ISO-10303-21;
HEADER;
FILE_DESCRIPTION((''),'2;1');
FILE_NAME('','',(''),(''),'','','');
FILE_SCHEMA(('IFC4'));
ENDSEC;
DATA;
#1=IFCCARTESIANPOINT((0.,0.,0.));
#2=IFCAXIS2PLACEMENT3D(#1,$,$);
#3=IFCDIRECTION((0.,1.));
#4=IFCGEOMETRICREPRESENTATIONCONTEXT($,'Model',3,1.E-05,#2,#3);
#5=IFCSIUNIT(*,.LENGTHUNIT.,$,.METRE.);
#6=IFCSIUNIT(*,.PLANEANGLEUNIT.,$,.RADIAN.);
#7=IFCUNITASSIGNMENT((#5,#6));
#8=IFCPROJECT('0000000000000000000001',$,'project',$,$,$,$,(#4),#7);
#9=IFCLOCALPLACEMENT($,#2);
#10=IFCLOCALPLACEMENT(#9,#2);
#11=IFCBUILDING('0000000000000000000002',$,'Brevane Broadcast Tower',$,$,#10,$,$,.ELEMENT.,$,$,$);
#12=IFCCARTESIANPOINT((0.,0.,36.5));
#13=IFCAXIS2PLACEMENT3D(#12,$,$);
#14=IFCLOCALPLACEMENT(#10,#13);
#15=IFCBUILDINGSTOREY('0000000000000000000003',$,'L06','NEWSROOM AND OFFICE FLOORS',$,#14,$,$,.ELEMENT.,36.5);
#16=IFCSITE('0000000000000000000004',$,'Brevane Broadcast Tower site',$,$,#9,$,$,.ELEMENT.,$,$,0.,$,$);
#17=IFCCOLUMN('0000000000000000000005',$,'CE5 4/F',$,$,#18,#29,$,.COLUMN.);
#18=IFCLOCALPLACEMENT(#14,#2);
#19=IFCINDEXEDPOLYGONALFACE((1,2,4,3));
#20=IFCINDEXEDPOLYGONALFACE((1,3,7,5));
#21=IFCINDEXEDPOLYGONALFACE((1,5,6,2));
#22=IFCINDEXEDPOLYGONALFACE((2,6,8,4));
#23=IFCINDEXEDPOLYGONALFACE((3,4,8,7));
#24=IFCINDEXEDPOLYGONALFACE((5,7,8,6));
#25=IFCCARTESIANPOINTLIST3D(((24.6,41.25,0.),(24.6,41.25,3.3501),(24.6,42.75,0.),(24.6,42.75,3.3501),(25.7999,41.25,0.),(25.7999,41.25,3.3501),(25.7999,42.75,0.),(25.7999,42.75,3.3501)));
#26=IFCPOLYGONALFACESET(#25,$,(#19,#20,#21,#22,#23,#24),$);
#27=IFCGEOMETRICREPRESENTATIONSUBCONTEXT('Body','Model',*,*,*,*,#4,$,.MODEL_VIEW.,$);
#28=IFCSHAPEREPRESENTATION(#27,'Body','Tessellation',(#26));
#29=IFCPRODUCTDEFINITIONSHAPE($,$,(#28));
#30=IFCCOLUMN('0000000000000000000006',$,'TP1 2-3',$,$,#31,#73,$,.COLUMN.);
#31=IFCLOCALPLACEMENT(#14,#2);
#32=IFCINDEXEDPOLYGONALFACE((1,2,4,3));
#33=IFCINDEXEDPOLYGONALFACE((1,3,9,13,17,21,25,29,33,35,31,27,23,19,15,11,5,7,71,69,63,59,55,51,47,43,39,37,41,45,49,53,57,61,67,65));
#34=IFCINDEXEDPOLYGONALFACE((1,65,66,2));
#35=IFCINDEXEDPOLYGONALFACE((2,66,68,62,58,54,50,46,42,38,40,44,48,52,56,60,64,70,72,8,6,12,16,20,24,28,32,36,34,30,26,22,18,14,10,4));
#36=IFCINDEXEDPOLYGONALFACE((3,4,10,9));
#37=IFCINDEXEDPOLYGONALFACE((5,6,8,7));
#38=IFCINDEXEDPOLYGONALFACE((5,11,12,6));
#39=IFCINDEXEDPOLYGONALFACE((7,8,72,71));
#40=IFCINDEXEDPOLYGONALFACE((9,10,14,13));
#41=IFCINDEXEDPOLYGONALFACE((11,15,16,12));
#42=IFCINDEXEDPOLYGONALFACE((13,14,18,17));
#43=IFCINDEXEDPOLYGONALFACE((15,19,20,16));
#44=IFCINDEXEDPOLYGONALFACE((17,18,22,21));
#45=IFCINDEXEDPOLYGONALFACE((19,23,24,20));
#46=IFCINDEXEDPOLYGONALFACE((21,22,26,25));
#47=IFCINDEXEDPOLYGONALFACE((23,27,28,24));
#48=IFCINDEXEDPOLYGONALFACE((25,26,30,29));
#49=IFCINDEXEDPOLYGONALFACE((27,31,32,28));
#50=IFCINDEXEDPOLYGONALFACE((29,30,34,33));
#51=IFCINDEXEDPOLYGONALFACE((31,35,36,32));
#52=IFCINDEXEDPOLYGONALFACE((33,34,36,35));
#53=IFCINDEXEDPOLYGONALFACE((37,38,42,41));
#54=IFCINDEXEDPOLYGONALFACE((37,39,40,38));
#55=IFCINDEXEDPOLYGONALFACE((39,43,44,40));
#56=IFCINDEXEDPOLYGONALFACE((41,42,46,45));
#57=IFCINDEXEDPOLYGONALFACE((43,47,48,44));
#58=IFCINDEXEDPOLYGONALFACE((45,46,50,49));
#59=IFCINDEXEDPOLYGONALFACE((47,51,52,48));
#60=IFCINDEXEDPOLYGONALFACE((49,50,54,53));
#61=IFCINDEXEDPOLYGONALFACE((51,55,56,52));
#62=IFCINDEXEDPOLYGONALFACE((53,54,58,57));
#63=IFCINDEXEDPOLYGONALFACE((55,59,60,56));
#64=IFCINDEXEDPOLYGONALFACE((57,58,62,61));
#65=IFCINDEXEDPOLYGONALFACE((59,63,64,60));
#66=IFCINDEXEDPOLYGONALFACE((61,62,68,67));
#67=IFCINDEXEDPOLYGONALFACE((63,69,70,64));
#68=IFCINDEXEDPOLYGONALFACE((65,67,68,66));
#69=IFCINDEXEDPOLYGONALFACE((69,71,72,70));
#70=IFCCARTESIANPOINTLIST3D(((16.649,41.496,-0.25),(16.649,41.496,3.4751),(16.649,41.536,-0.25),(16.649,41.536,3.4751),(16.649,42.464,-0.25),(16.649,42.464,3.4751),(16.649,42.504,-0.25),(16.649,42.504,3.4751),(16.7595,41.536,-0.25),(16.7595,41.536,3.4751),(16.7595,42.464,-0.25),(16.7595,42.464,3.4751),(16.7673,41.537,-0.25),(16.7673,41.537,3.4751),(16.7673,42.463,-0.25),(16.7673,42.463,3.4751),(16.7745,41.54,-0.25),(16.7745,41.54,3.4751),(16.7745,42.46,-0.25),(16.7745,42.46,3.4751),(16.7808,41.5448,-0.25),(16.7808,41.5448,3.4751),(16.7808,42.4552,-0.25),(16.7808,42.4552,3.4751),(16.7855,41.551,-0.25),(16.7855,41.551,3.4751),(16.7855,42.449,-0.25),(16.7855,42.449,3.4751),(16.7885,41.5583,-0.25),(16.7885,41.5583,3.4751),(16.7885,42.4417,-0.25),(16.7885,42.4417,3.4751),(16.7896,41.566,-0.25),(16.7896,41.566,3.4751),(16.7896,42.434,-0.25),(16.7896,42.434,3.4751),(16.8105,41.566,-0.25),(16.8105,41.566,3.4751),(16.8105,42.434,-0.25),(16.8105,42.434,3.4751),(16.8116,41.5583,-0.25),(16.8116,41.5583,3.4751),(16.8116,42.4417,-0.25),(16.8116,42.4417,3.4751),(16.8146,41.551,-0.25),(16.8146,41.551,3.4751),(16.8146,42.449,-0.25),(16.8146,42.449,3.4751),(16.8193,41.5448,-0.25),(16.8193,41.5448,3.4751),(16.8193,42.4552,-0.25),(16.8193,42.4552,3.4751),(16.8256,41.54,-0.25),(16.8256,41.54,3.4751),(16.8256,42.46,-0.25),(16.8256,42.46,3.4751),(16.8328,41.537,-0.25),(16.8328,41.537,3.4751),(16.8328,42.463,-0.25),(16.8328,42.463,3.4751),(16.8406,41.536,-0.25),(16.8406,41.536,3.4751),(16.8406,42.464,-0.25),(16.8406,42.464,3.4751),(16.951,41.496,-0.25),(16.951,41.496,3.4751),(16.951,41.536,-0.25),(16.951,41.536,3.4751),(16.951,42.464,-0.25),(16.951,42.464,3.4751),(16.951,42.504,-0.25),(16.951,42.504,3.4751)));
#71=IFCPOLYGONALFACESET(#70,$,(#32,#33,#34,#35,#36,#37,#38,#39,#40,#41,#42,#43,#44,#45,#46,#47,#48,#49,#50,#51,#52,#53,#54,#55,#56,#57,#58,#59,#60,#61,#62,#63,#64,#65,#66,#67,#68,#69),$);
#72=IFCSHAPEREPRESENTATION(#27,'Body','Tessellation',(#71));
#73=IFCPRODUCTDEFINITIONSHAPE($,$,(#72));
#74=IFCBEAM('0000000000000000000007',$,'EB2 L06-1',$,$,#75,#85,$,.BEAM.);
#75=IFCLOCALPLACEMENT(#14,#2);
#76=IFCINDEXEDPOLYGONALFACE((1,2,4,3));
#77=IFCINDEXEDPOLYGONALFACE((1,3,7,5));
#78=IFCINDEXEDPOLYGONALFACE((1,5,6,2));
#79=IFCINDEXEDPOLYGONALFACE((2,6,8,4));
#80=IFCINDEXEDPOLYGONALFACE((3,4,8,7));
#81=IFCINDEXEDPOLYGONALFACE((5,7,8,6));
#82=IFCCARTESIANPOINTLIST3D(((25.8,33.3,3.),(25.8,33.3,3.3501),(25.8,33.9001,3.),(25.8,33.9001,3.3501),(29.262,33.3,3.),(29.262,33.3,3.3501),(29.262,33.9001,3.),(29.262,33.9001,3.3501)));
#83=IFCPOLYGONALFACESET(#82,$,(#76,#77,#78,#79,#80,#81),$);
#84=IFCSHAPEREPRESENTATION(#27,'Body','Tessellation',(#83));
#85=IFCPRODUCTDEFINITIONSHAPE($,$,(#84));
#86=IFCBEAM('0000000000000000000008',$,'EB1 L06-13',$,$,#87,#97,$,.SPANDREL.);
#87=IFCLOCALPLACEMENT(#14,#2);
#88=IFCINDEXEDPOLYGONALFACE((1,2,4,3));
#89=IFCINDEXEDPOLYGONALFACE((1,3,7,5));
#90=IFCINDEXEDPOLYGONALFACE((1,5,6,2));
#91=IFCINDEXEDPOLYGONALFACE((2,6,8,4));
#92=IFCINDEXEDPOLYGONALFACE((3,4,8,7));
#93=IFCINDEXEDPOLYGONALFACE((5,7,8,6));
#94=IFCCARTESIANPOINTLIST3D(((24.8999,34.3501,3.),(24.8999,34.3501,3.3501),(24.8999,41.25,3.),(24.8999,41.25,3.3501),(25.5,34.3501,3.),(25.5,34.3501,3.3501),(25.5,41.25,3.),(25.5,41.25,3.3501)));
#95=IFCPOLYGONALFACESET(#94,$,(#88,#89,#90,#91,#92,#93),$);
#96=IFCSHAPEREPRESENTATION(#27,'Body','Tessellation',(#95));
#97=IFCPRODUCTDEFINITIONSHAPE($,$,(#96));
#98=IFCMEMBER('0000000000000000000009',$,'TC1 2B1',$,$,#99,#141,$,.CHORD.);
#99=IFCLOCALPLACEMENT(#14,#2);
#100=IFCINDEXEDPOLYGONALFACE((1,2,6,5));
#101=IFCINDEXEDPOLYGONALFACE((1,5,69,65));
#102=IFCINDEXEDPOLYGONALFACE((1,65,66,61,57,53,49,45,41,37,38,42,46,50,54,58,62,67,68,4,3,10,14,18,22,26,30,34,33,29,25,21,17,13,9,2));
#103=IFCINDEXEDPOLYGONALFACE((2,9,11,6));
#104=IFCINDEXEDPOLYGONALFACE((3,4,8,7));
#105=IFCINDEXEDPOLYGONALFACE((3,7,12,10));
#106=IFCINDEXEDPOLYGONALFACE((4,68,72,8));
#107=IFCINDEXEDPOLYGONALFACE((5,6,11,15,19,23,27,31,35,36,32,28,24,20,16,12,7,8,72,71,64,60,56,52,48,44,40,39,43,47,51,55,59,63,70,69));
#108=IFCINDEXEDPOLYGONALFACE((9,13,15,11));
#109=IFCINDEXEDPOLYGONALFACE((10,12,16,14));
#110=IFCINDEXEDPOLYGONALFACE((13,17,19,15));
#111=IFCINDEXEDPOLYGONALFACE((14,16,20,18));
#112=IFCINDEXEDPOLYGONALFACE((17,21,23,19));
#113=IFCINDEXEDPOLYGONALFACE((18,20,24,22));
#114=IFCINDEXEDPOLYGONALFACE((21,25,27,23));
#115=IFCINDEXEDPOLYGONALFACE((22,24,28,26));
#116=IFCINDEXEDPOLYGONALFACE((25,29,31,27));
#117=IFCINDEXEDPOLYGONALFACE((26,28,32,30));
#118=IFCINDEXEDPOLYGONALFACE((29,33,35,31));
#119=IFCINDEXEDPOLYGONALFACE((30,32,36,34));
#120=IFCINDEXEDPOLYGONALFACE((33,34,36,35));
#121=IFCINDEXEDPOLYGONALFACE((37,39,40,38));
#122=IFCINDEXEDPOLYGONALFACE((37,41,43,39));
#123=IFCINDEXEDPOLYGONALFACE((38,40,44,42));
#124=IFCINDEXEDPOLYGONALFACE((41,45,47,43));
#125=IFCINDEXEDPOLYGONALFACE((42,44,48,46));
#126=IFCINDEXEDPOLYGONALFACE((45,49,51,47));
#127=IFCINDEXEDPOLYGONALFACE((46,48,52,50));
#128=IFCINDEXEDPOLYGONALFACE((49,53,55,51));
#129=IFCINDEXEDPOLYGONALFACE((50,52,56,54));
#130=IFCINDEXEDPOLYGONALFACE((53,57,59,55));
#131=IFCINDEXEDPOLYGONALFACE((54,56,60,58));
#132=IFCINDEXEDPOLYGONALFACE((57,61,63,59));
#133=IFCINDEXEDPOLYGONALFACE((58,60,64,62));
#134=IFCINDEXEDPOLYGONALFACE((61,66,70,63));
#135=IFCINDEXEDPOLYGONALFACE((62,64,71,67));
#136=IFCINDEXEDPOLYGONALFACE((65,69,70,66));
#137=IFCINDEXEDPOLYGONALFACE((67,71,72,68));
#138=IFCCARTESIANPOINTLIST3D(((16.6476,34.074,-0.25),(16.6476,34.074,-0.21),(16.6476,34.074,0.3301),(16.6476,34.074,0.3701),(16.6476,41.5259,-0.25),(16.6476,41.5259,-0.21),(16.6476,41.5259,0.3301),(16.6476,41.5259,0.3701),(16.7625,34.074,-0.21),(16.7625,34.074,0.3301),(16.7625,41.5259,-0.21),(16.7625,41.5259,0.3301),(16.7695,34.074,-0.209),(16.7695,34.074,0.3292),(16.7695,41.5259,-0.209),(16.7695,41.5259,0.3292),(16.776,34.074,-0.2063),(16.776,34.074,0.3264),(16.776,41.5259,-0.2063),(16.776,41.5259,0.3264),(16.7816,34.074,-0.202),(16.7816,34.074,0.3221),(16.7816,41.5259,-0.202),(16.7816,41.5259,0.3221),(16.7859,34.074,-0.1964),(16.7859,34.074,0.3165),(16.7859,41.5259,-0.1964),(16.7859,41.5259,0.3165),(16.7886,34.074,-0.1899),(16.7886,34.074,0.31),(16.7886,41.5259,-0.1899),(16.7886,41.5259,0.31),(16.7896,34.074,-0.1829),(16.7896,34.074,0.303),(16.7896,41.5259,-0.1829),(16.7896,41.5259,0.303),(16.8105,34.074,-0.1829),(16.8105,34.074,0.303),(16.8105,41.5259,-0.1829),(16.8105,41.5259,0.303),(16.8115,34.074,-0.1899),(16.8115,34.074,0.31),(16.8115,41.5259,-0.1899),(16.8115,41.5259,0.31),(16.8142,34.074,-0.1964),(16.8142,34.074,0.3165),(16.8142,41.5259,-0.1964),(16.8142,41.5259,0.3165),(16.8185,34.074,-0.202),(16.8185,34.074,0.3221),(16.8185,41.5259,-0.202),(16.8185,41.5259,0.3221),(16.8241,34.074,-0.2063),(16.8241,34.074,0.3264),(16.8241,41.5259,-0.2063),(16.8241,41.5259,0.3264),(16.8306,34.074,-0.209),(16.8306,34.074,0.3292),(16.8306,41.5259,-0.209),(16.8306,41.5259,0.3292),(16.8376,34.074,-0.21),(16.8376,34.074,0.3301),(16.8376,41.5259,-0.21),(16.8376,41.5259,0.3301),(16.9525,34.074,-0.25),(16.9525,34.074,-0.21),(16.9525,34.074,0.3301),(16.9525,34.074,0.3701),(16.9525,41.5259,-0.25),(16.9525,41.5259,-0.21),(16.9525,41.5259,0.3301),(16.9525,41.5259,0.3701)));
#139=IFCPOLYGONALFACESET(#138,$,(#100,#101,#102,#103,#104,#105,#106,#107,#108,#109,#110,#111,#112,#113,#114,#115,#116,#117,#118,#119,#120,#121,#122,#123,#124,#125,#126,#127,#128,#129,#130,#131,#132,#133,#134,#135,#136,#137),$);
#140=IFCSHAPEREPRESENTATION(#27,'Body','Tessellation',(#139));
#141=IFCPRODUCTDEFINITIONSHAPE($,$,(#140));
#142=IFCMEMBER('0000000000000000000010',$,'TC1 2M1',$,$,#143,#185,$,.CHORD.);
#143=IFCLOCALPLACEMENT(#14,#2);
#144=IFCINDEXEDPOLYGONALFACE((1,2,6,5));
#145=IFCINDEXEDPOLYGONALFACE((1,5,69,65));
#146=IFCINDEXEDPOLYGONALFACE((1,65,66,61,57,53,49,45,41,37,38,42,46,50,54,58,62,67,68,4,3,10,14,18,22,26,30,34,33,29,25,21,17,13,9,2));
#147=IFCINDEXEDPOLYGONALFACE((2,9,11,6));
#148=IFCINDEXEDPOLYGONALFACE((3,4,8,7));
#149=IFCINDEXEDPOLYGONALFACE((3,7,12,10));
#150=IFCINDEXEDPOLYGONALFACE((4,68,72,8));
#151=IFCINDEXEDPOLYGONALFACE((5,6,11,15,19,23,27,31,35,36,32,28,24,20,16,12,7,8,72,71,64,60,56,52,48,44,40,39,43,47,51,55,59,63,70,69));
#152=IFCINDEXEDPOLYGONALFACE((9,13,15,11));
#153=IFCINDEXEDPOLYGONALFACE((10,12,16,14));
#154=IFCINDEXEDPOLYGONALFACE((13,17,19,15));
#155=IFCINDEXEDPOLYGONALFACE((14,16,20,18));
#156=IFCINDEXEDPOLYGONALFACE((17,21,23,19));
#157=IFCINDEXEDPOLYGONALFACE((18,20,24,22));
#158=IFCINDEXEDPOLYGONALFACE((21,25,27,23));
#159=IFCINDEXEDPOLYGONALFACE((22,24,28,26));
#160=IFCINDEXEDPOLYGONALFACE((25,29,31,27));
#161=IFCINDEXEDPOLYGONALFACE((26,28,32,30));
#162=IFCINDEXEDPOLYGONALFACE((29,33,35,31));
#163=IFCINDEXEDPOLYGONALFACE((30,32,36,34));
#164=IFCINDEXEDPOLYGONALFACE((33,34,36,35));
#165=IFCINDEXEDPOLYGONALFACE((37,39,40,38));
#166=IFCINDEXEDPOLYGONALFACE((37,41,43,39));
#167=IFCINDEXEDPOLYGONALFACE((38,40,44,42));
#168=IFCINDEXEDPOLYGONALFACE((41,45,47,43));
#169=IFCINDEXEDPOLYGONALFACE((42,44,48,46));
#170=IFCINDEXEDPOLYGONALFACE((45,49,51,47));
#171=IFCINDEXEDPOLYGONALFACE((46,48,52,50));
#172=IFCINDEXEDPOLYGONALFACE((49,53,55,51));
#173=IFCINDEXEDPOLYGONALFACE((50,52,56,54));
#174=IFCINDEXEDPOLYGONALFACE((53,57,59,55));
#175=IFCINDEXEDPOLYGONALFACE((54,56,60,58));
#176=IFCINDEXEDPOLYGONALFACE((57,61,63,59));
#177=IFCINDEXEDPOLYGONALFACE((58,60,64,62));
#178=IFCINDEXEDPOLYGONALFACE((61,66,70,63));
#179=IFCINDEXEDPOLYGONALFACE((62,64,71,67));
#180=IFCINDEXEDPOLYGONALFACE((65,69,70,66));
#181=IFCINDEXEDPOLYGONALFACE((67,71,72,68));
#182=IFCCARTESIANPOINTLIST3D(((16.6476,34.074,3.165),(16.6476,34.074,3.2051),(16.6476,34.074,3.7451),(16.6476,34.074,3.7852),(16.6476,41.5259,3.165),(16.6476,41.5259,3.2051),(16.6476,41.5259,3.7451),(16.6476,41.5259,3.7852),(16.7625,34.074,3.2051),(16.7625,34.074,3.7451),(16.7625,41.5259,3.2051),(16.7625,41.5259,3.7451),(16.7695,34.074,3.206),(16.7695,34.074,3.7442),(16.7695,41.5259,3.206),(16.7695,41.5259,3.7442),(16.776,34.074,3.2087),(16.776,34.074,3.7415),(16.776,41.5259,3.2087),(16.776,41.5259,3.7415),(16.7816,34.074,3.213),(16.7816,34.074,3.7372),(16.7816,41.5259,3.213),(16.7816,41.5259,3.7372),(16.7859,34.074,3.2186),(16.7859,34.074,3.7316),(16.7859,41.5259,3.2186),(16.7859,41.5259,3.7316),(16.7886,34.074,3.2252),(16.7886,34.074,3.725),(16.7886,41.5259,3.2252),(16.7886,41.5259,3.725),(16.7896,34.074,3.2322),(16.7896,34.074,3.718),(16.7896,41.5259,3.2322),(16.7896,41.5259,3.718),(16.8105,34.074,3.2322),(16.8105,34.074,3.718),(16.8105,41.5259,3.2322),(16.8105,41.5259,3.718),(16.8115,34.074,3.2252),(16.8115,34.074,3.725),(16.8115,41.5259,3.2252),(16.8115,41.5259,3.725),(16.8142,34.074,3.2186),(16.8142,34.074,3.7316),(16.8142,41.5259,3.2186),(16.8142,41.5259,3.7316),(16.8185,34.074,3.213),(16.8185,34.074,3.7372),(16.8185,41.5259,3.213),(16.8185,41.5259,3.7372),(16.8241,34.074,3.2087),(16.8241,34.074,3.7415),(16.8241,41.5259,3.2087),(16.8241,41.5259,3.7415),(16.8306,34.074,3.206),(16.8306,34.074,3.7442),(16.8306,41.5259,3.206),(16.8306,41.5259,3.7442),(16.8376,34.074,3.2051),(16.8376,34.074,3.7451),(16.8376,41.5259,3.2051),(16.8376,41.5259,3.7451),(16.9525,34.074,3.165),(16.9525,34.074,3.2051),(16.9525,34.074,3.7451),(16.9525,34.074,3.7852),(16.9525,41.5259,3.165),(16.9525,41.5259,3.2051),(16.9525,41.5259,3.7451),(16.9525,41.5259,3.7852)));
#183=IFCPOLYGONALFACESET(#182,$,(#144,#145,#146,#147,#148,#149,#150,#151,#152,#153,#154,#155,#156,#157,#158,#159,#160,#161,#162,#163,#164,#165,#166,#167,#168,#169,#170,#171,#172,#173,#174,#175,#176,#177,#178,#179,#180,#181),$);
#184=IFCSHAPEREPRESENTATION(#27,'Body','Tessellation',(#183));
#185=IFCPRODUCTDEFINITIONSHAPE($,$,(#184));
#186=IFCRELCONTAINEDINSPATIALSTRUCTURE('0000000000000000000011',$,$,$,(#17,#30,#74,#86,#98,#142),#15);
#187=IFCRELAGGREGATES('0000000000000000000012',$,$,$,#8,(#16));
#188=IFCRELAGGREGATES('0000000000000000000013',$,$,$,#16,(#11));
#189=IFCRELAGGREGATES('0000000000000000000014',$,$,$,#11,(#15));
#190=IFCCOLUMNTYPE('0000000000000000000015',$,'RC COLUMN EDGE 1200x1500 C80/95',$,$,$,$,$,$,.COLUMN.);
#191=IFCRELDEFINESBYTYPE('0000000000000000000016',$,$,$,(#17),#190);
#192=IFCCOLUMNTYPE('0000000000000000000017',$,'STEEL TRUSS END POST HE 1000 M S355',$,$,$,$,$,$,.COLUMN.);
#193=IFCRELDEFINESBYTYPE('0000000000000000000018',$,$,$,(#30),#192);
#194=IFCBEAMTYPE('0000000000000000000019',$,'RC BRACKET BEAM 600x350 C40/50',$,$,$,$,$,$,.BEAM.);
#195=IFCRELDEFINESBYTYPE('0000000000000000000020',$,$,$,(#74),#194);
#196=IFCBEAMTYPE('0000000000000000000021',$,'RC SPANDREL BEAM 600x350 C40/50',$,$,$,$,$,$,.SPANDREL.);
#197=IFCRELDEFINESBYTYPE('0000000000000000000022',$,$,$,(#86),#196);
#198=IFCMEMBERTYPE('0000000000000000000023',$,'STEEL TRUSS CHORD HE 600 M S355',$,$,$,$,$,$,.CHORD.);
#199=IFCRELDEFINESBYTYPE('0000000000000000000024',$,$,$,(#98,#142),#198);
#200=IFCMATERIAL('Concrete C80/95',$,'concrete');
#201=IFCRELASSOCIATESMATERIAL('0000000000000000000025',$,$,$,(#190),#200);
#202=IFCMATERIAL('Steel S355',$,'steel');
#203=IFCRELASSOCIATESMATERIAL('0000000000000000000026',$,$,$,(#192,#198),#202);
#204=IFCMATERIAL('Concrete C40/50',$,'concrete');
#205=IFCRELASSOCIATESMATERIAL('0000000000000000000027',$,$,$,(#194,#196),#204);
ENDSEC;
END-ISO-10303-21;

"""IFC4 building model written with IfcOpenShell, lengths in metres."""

from ifc_helpers import new_model, si_unit, direction, frame, origin, origin_2d, place, context, subcontext, project, spatial, rectangle, i_section, extrude, material, material_profile, profile_set, type_object, element, save


model = new_model("IFC4")

# Units and contexts
model_context = context("Model", 3, precision=1e-05, world=origin(), true_north=direction((0.0, 1.0)))
body_context = subcontext(model_context, "Body", "Model", "MODEL_VIEW")
ifc_project = project(units=[si_unit("LENGTHUNIT", "METRE"), si_unit("PLANEANGLEUNIT", "RADIAN")], contexts=[model_context])

# Site, building, storey
site_placement = place(None, origin())
site = spatial("IfcSite", under=ifc_project, at=site_placement, Name="Brevane Broadcast Tower site", CompositionType="ELEMENT", RefElevation=0.0)
building_placement = place(site_placement, origin())
building = spatial("IfcBuilding", under=site, at=building_placement, Name="Brevane Broadcast Tower", CompositionType="ELEMENT")
storey_placement = place(building_placement, frame((0.0, 0.0, 36.5)))
storey = spatial("IfcBuildingStorey", under=building, at=storey_placement, Name="L06", Description="NEWSROOM AND OFFICE FLOORS", CompositionType="ELEMENT", Elevation=36.5)

# Columns
ifc_material_1 = material(Name="Concrete C80/95", Category="concrete")
ifc_material_profile_1 = material_profile(ifc_material_1, rectangle(XDim=1.2, YDim=1.5, at=origin_2d()), Name="RC 1200x1500")
ifc_profile_set_1 = profile_set([ifc_material_profile_1], Name="Concrete C80/95")
column_type_1 = type_object("IfcColumnType", Name="RC COLUMN EDGE 1200x1500 C80/95", PredefinedType="COLUMN", material=ifc_profile_set_1)
column_1_placement = place(storey_placement, frame((25.2, 42.0, 0.0), z_axis=(0.0, 0.0, 1.0), x_axis=(1.0, 0.0, 0.0)))
element("IfcColumn", 1, at=column_1_placement, inside=storey, type_object=column_type_1, Name="CE5 4/F", PredefinedType="COLUMN", context=body_context, shape_type="SweptSolid", body=[
    extrude(rectangle(XDim=1.2, YDim=1.5, at=origin_2d()), origin(), (0.0, 0.0, 1.0), 3.3501),
])
ifc_material_2 = material(Name="Steel S355", Category="steel")
ifc_material_profile_2 = material_profile(ifc_material_2, i_section(OverallWidth=0.302, OverallDepth=1.0081, WebThickness=0.021, FlangeThickness=0.04, FilletRadius=0.03, at=origin_2d()), Name="HE 1000 M")
ifc_profile_set_2 = profile_set([ifc_material_profile_2], Name="Steel S355")
column_type_2 = type_object("IfcColumnType", Name="STEEL TRUSS END POST HE 1000 M S355", PredefinedType="COLUMN", material=ifc_profile_set_2)
column_2_placement = place(storey_placement, frame((16.8, 42.0, -0.25), z_axis=(0.0, 0.0, 1.0), x_axis=(1.0, 0.0, 0.0)))
element("IfcColumn", 2, at=column_2_placement, inside=storey, type_object=column_type_2, Name="TP1 2-3", PredefinedType="COLUMN", context=body_context, shape_type="SweptSolid", body=[
    extrude(i_section(OverallWidth=0.302, OverallDepth=1.0081, WebThickness=0.021, FlangeThickness=0.04, FilletRadius=0.03, at=origin_2d()), origin(), (0.0, 0.0, 1.0), 3.7251),
])

# Beams
ifc_material_3 = material(Name="Concrete C40/50", Category="concrete")
ifc_material_profile_3 = material_profile(ifc_material_3, rectangle(XDim=0.6001, YDim=0.3501, at=origin_2d()), Name="RC 600x350")
ifc_profile_set_3 = profile_set([ifc_material_profile_3], Name="Concrete C40/50")
beam_type_1 = type_object("IfcBeamType", Name="RC BRACKET BEAM 600x350 C40/50", PredefinedType="BEAM", material=ifc_profile_set_3)
beam_1_placement = place(storey_placement, frame((25.8, 33.6001, 3.175), z_axis=(1.0, 0.0, 0.0), x_axis=(0.0, 1.0, 0.0)))
element("IfcBeam", 3, at=beam_1_placement, inside=storey, type_object=beam_type_1, Name="EB2 L06-1", PredefinedType="BEAM", context=body_context, shape_type="SweptSolid", body=[
    extrude(rectangle(XDim=0.6001, YDim=0.3501, at=origin_2d()), origin(), (0.0, 0.0, 1.0), 3.4619),
])
ifc_material_profile_4 = material_profile(ifc_material_3, rectangle(XDim=0.6001, YDim=0.3501, at=origin_2d()), Name="RC 600x350")
ifc_profile_set_4 = profile_set([ifc_material_profile_4], Name="Concrete C40/50")
beam_type_2 = type_object("IfcBeamType", Name="RC SPANDREL BEAM 600x350 C40/50", PredefinedType="SPANDREL", material=ifc_profile_set_4)
beam_2_placement = place(storey_placement, frame((25.2, 34.3501, 3.175), z_axis=(0.0, 1.0, 0.0), x_axis=(-1.0, 0.0, 0.0)))
element("IfcBeam", 4, at=beam_2_placement, inside=storey, type_object=beam_type_2, Name="EB1 L06-13", PredefinedType="SPANDREL", context=body_context, shape_type="SweptSolid", body=[
    extrude(rectangle(XDim=0.6001, YDim=0.3501, at=origin_2d()), origin(), (0.0, 0.0, 1.0), 6.8999),
])

# Members
ifc_material_profile_5 = material_profile(ifc_material_2, i_section(OverallWidth=0.3049, OverallDepth=0.6201, WebThickness=0.021, FlangeThickness=0.04, FilletRadius=0.0271, at=origin_2d()), Name="HE 600 M")
ifc_profile_set_5 = profile_set([ifc_material_profile_5], Name="Steel S355")
member_type_1 = type_object("IfcMemberType", Name="STEEL TRUSS CHORD HE 600 M S355", PredefinedType="CHORD", material=ifc_profile_set_5)
for number, where, z_axis, x_axis, name in (
    (5, (16.8, 34.074, 0.0601), (0.0, 1.0, 0.0), (-1.0, 0.0, 0.0), "TC1 2B1"),
    (6, (16.8, 34.074, 3.4751), (0.0, 1.0, 0.0), (-1.0, 0.0, 0.0), "TC1 2M1"),
):
    element("IfcMember", number, at=place(storey_placement, frame(where, z_axis=z_axis, x_axis=x_axis)), inside=storey, type_object=member_type_1, Name=name, PredefinedType="CHORD", context=body_context, shape_type="SweptSolid", body=[
        extrude(i_section(OverallWidth=0.3049, OverallDepth=0.6201, WebThickness=0.021, FlangeThickness=0.04, FilletRadius=0.0271, at=origin_2d()), origin(), (0.0, 0.0, 1.0), 7.4519),
    ])

save(model, "model.ifc")
